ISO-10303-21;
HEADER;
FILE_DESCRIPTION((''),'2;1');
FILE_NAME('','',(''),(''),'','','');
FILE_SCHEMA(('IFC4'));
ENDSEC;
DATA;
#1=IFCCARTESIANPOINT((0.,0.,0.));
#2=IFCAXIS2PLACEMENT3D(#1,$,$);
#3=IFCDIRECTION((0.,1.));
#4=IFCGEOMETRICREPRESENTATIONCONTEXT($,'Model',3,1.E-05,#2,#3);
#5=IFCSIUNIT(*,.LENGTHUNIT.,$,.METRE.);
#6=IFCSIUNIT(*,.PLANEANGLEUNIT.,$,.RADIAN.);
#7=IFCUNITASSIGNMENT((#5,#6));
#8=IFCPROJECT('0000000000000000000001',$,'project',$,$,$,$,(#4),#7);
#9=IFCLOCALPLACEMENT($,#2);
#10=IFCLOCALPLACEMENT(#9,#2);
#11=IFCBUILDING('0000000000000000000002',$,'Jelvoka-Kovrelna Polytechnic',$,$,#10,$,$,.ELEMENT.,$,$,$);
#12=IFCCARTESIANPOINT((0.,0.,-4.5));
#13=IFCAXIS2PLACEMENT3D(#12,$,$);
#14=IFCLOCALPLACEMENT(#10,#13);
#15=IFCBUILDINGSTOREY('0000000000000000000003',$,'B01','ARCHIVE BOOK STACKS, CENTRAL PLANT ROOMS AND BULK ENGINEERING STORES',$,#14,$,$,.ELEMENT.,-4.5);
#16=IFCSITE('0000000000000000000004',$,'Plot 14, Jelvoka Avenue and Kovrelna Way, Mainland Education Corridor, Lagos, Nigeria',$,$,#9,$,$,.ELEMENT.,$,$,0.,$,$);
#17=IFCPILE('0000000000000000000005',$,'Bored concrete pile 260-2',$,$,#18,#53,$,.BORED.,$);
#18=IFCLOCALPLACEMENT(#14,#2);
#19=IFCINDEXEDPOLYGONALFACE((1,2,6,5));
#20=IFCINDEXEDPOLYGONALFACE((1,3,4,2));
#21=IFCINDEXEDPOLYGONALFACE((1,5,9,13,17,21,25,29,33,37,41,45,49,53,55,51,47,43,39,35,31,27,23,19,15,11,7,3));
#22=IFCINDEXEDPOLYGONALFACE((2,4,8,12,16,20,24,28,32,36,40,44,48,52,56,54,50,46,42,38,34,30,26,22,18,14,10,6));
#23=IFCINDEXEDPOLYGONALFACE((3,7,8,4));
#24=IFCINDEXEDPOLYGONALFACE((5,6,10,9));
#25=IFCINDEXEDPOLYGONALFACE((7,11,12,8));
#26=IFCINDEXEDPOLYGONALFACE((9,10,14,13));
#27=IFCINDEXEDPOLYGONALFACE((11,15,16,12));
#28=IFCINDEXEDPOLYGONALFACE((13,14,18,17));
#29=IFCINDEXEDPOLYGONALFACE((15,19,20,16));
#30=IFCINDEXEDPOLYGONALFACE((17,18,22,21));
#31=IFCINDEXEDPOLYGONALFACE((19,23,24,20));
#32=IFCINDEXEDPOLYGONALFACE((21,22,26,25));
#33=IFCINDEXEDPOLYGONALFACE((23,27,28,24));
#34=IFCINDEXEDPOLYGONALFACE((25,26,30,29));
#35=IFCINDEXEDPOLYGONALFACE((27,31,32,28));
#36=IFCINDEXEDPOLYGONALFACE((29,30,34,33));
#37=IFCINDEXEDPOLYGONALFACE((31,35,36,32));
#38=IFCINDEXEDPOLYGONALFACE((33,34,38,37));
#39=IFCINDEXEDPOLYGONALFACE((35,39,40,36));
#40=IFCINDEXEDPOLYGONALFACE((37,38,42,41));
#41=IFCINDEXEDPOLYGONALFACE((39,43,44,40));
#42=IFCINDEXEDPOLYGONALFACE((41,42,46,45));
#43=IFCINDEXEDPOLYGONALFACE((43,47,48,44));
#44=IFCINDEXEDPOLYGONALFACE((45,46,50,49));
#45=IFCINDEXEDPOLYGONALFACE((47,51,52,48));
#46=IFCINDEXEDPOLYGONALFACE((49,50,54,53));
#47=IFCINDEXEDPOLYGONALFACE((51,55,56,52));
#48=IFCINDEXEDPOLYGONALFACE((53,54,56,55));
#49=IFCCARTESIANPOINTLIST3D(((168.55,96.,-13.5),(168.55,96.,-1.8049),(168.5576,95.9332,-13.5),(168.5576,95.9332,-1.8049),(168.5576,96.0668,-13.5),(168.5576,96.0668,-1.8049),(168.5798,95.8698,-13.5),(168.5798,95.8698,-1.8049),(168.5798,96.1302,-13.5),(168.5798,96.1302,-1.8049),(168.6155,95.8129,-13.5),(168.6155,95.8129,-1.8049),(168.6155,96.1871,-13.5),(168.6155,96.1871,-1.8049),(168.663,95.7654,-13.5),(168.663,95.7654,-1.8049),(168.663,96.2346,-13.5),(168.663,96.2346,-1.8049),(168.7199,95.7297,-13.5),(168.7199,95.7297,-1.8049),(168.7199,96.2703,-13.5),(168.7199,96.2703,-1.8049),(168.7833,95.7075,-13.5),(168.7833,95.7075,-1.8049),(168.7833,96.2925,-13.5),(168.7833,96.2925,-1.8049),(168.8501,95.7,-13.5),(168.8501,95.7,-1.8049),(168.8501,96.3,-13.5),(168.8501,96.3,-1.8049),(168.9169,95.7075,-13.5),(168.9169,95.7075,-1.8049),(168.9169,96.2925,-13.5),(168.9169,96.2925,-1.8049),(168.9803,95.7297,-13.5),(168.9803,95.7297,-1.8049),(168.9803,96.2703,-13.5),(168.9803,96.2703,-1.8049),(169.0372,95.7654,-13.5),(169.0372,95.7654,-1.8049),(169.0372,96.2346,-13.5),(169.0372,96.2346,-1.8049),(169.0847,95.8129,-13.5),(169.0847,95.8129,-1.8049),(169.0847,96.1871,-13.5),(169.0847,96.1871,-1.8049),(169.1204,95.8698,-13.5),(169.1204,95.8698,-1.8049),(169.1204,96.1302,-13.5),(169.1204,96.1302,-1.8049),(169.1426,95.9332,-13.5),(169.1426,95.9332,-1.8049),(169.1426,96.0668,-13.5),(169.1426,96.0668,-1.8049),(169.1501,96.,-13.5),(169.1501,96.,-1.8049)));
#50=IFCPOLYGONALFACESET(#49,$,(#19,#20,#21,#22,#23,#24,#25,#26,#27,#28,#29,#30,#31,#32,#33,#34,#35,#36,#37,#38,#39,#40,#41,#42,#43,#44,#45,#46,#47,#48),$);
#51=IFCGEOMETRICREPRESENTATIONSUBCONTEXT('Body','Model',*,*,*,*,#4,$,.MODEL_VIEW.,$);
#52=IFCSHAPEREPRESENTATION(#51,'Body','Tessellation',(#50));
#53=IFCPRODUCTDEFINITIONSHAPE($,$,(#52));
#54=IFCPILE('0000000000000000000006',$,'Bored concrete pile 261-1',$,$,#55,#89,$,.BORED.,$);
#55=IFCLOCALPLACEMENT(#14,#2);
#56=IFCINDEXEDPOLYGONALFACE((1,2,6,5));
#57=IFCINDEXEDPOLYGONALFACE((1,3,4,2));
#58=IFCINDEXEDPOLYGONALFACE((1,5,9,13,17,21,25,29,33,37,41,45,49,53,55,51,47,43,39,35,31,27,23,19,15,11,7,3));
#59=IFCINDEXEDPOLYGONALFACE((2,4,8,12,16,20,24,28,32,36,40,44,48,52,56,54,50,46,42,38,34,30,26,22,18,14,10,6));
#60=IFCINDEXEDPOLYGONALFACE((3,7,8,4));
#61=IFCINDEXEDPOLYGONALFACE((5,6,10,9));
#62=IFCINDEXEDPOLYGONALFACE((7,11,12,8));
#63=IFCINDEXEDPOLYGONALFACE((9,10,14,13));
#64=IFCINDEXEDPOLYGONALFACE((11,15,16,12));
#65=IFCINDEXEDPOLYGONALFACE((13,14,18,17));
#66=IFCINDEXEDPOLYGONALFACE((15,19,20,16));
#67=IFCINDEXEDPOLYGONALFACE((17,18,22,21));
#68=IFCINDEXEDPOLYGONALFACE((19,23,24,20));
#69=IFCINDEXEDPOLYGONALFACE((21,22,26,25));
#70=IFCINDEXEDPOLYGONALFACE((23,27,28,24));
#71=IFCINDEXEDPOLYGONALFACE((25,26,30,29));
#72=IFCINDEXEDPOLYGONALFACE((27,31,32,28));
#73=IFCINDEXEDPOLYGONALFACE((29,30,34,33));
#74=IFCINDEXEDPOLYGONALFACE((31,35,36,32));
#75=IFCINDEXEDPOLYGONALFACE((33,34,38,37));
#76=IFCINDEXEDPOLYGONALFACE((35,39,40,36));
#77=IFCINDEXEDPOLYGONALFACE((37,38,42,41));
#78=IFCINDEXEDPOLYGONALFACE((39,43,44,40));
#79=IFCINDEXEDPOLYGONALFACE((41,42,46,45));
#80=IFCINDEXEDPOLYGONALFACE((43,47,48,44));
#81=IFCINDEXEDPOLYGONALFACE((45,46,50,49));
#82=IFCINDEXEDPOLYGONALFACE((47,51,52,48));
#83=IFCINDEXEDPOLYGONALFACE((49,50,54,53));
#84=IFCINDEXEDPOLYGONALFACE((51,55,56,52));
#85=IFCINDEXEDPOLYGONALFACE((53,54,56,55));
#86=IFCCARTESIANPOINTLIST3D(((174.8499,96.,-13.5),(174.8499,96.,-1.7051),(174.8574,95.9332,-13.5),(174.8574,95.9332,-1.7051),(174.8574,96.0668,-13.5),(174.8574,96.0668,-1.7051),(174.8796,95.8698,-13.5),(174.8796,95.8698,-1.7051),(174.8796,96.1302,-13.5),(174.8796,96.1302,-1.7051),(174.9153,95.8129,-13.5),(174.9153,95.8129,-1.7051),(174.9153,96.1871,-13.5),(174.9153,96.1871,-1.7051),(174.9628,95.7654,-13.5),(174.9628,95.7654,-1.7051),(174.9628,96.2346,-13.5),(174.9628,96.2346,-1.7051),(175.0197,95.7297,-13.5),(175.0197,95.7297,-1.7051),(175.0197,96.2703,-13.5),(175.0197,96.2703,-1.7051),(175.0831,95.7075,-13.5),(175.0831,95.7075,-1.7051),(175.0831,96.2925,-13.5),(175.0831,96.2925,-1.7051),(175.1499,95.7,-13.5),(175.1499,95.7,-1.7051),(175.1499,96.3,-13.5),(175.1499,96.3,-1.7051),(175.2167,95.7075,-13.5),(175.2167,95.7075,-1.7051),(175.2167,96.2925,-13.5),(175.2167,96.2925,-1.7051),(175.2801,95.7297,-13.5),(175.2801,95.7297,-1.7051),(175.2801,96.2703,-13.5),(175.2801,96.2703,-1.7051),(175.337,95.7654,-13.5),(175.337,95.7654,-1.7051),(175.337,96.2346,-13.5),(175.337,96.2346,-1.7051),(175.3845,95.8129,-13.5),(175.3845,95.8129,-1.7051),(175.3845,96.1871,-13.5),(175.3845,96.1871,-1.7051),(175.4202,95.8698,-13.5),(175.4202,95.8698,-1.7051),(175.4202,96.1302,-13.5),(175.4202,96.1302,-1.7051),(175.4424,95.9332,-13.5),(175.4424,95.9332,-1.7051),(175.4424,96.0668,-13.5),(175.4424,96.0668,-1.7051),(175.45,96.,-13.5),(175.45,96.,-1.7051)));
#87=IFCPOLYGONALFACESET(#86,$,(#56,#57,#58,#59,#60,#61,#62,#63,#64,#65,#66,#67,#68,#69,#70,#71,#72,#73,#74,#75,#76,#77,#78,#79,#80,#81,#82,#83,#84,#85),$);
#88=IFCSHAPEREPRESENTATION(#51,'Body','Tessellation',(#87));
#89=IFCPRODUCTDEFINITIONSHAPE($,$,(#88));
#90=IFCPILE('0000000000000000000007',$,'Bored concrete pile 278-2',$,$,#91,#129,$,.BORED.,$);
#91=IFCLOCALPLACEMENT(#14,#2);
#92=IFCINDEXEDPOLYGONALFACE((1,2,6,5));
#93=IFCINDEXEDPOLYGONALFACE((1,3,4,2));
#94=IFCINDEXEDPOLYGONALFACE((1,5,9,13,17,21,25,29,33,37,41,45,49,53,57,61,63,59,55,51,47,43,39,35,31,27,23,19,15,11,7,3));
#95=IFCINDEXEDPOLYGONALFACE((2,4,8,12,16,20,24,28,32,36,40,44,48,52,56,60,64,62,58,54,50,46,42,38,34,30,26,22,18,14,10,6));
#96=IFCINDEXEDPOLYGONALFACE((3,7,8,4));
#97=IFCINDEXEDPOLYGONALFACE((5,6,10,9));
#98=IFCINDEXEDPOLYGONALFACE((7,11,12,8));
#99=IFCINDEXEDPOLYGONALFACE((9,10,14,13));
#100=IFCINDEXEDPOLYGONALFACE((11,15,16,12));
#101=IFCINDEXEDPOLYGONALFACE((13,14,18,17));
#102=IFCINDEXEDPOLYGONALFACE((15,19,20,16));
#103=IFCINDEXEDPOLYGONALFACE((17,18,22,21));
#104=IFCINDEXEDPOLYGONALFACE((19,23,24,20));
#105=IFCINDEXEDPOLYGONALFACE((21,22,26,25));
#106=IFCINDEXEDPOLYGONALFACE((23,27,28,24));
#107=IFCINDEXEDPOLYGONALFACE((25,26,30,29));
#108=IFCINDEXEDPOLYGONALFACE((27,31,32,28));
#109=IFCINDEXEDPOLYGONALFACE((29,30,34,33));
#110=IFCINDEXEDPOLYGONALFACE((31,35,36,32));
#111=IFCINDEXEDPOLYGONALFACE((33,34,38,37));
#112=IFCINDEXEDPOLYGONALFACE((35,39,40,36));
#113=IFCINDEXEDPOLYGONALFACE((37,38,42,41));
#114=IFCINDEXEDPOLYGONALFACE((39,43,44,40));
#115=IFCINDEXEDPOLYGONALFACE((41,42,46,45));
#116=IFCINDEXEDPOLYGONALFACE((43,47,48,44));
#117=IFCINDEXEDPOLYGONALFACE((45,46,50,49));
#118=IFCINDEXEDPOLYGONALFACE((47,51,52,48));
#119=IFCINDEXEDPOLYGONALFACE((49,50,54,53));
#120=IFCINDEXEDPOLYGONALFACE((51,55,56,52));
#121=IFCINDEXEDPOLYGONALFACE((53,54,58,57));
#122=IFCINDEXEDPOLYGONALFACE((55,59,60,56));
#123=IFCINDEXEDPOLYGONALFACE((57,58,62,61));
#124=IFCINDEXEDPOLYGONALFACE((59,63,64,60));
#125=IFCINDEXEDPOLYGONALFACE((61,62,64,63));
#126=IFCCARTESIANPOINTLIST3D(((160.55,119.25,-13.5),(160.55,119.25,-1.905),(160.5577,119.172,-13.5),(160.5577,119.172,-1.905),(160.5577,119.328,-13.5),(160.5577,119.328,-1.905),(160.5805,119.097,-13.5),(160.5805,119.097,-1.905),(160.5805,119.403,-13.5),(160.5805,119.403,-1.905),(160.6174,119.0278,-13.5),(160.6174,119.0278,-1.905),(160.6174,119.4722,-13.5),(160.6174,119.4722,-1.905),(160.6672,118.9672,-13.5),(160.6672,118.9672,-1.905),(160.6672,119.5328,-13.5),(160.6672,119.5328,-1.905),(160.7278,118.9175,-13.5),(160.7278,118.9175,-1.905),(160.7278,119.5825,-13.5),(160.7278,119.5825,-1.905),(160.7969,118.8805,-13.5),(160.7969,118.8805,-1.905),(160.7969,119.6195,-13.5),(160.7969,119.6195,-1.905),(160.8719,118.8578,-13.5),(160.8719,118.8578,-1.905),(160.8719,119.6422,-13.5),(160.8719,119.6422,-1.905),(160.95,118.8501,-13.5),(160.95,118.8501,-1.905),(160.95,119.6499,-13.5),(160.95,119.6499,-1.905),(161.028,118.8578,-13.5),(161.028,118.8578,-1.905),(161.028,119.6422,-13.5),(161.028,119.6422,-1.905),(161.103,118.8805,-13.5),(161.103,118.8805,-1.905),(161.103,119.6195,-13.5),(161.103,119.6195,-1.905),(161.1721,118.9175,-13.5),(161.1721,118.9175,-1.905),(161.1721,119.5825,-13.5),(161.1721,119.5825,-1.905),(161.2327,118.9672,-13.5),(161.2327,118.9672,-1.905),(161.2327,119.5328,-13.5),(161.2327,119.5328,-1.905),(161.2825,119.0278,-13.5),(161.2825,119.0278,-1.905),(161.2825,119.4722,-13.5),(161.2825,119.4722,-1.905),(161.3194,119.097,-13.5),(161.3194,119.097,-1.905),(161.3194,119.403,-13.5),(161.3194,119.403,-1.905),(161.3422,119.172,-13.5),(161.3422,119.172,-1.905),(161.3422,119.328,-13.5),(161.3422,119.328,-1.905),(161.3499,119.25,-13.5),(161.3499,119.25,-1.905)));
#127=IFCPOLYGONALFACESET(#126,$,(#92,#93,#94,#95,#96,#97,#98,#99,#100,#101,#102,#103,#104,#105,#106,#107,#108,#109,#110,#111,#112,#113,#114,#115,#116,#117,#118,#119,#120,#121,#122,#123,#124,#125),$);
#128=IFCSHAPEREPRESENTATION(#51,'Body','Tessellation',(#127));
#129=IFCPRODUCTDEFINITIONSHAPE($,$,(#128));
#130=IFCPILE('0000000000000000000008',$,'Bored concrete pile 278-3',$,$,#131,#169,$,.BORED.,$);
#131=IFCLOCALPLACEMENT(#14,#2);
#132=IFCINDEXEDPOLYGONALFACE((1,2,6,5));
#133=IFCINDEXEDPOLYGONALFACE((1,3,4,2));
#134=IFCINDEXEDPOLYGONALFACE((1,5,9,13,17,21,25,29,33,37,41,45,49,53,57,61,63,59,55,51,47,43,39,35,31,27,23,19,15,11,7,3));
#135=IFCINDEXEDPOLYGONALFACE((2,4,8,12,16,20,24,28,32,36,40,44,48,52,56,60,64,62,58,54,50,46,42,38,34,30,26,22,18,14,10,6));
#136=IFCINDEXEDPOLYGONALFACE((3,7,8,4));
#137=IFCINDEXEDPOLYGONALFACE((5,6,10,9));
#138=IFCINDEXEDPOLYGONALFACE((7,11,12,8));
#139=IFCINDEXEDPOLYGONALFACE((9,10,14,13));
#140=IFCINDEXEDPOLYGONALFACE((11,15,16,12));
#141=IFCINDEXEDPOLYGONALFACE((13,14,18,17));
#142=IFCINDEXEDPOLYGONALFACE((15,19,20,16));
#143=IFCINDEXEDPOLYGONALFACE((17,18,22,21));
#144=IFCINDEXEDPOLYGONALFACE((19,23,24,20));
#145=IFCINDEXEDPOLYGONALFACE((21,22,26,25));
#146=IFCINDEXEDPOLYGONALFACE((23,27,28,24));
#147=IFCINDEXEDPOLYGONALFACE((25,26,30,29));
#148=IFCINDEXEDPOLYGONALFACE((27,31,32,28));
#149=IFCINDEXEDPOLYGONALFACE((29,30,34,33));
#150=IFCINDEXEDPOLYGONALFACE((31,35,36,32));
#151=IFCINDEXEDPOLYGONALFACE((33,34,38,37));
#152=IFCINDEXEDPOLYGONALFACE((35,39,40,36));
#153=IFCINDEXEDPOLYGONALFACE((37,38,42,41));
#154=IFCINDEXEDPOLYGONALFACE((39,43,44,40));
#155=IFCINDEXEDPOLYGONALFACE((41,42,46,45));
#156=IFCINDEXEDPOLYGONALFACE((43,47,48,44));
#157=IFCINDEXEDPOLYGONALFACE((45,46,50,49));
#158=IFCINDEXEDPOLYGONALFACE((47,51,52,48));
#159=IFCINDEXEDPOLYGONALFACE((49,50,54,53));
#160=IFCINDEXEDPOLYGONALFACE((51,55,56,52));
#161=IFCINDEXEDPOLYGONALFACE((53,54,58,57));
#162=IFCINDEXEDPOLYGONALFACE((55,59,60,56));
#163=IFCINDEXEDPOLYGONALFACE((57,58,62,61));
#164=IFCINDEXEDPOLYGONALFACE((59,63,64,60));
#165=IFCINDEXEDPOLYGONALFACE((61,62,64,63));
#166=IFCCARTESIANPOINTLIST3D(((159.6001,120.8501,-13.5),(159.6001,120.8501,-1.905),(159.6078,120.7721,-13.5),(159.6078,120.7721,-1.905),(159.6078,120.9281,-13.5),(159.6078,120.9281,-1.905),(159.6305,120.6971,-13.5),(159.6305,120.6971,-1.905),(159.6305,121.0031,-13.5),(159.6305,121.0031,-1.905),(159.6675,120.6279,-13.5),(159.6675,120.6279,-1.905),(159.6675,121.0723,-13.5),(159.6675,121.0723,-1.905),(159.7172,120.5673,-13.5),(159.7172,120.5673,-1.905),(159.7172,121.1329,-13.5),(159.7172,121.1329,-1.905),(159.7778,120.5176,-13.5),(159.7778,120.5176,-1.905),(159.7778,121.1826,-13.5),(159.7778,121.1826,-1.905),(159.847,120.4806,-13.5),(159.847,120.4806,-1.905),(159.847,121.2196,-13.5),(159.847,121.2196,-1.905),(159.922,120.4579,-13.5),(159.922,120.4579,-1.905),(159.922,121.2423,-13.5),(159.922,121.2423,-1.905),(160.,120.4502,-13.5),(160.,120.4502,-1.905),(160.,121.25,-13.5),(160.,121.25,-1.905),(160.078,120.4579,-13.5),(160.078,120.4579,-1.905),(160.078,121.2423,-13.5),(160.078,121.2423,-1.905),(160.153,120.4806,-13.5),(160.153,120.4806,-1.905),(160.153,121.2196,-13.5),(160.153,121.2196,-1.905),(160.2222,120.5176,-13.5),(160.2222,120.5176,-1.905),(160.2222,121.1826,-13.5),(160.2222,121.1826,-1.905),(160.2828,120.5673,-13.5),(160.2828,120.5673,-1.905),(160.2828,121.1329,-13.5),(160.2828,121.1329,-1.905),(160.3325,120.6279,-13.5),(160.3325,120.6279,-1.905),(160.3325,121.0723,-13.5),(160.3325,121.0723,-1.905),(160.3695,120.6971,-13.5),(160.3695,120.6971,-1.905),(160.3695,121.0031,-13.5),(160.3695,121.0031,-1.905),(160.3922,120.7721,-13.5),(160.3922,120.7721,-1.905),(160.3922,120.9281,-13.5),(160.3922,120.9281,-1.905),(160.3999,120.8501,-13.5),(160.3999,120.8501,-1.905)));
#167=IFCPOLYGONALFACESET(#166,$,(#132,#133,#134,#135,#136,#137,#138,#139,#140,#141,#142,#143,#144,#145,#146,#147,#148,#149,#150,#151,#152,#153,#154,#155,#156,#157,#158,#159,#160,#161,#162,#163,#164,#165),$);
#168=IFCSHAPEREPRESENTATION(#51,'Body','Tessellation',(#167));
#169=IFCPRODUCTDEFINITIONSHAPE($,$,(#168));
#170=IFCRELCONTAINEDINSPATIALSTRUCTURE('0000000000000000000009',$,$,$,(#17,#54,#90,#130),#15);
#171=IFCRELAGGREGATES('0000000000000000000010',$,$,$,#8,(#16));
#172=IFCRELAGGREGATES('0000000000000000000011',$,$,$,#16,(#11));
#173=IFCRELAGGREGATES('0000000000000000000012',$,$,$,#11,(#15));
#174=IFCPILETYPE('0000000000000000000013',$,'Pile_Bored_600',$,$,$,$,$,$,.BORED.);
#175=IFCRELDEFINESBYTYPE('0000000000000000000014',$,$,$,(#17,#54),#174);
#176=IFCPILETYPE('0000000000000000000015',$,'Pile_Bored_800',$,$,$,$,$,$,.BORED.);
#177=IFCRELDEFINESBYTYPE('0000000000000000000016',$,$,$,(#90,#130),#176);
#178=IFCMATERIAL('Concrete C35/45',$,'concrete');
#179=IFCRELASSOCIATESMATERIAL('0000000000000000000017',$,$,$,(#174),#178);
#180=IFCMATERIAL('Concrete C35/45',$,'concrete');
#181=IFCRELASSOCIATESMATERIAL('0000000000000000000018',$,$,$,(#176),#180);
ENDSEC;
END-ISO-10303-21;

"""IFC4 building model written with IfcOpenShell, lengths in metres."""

from ifc_helpers import new_model, si_unit, direction, frame, origin, origin_2d, place, context, subcontext, project, spatial, circle, extrude, material, material_profile, profile_set, type_object, element, save


model = new_model("IFC4")

# Units and contexts
model_context = context("Model", 3, precision=1e-05, world=origin(), true_north=direction((0.0, 1.0)))
body_context = subcontext(model_context, "Body", "Model", "MODEL_VIEW")
ifc_project = project(units=[si_unit("LENGTHUNIT", "METRE"), si_unit("PLANEANGLEUNIT", "RADIAN")], contexts=[model_context])

# Site, building, storey
site_placement = place(None, origin())
site = spatial("IfcSite", under=ifc_project, at=site_placement, Name="Plot 14, Jelvoka Avenue and Kovrelna Way, Mainland Education Corridor, Lagos, Nigeria", CompositionType="ELEMENT", RefElevation=0.0)
building_placement = place(site_placement, origin())
building = spatial("IfcBuilding", under=site, at=building_placement, Name="Jelvoka-Kovrelna Polytechnic", CompositionType="ELEMENT")
storey_placement = place(building_placement, frame((0.0, 0.0, -4.5)))
storey = spatial("IfcBuildingStorey", under=building, at=storey_placement, Name="B01", Description="ARCHIVE BOOK STACKS, CENTRAL PLANT ROOMS AND BULK ENGINEERING STORES", CompositionType="ELEMENT", Elevation=-4.5)

# Piles
ifc_material_1 = material(Name="Concrete C35/45", Category="concrete")
ifc_material_profile_1 = material_profile(ifc_material_1, circle(Radius=0.3, at=origin_2d()), Name="PILE D600")
ifc_profile_set_1 = profile_set([ifc_material_profile_1], Name="Concrete C35/45")
pile_type_1 = type_object("IfcPileType", Name="Pile_Bored_600", PredefinedType="BORED", material=ifc_profile_set_1)
for number, where, z_axis, x_axis, name in (
    (1, (168.8501, 96.0, -1.8049), (0.0, 0.0, -1.0), (1.0, 0.0, 0.0), "Bored concrete pile 260-2"),
):
    element("IfcPile", number, at=place(storey_placement, frame(where, z_axis=z_axis, x_axis=x_axis)), inside=storey, type_object=pile_type_1, Name=name, PredefinedType="BORED", context=body_context, shape_type="SweptSolid", body=[
        extrude(circle(Radius=0.3, at=origin_2d()), origin(), (0.0, 0.0, 1.0), 11.6951),
    ])
pile_1_placement = place(storey_placement, frame((175.1499, 96.0, -1.7051), z_axis=(0.0, 0.0, -1.0), x_axis=(1.0, 0.0, 0.0)))
element("IfcPile", 2, at=pile_1_placement, inside=storey, type_object=pile_type_1, Name="Bored concrete pile 261-1", PredefinedType="BORED", context=body_context, shape_type="SweptSolid", body=[
    extrude(circle(Radius=0.3, at=origin_2d()), origin(), (0.0, 0.0, 1.0), 11.7949),
])
ifc_material_2 = material(Name="Concrete C35/45", Category="concrete")
ifc_material_profile_2 = material_profile(ifc_material_2, circle(Radius=0.3999, at=origin_2d()), Name="PILE D800")
ifc_profile_set_2 = profile_set([ifc_material_profile_2], Name="Concrete C35/45")
pile_type_2 = type_object("IfcPileType", Name="Pile_Bored_800", PredefinedType="BORED", material=ifc_profile_set_2)
for number, where, z_axis, x_axis, name in (
    (3, (160.95, 119.25, -1.905), (0.0, 0.0, -1.0), (1.0, 0.0, 0.0), "Bored concrete pile 278-2"),
    (4, (160.0, 120.8501, -1.905), (0.0, 0.0, -1.0), (1.0, 0.0, 0.0), "Bored concrete pile 278-3"),
):
    element("IfcPile", number, at=place(storey_placement, frame(where, z_axis=z_axis, x_axis=x_axis)), inside=storey, type_object=pile_type_2, Name=name, PredefinedType="BORED", context=body_context, shape_type="SweptSolid", body=[
        extrude(circle(Radius=0.3999, at=origin_2d()), origin(), (0.0, 0.0, 1.0), 11.595),
    ])

save(model, "model.ifc")
